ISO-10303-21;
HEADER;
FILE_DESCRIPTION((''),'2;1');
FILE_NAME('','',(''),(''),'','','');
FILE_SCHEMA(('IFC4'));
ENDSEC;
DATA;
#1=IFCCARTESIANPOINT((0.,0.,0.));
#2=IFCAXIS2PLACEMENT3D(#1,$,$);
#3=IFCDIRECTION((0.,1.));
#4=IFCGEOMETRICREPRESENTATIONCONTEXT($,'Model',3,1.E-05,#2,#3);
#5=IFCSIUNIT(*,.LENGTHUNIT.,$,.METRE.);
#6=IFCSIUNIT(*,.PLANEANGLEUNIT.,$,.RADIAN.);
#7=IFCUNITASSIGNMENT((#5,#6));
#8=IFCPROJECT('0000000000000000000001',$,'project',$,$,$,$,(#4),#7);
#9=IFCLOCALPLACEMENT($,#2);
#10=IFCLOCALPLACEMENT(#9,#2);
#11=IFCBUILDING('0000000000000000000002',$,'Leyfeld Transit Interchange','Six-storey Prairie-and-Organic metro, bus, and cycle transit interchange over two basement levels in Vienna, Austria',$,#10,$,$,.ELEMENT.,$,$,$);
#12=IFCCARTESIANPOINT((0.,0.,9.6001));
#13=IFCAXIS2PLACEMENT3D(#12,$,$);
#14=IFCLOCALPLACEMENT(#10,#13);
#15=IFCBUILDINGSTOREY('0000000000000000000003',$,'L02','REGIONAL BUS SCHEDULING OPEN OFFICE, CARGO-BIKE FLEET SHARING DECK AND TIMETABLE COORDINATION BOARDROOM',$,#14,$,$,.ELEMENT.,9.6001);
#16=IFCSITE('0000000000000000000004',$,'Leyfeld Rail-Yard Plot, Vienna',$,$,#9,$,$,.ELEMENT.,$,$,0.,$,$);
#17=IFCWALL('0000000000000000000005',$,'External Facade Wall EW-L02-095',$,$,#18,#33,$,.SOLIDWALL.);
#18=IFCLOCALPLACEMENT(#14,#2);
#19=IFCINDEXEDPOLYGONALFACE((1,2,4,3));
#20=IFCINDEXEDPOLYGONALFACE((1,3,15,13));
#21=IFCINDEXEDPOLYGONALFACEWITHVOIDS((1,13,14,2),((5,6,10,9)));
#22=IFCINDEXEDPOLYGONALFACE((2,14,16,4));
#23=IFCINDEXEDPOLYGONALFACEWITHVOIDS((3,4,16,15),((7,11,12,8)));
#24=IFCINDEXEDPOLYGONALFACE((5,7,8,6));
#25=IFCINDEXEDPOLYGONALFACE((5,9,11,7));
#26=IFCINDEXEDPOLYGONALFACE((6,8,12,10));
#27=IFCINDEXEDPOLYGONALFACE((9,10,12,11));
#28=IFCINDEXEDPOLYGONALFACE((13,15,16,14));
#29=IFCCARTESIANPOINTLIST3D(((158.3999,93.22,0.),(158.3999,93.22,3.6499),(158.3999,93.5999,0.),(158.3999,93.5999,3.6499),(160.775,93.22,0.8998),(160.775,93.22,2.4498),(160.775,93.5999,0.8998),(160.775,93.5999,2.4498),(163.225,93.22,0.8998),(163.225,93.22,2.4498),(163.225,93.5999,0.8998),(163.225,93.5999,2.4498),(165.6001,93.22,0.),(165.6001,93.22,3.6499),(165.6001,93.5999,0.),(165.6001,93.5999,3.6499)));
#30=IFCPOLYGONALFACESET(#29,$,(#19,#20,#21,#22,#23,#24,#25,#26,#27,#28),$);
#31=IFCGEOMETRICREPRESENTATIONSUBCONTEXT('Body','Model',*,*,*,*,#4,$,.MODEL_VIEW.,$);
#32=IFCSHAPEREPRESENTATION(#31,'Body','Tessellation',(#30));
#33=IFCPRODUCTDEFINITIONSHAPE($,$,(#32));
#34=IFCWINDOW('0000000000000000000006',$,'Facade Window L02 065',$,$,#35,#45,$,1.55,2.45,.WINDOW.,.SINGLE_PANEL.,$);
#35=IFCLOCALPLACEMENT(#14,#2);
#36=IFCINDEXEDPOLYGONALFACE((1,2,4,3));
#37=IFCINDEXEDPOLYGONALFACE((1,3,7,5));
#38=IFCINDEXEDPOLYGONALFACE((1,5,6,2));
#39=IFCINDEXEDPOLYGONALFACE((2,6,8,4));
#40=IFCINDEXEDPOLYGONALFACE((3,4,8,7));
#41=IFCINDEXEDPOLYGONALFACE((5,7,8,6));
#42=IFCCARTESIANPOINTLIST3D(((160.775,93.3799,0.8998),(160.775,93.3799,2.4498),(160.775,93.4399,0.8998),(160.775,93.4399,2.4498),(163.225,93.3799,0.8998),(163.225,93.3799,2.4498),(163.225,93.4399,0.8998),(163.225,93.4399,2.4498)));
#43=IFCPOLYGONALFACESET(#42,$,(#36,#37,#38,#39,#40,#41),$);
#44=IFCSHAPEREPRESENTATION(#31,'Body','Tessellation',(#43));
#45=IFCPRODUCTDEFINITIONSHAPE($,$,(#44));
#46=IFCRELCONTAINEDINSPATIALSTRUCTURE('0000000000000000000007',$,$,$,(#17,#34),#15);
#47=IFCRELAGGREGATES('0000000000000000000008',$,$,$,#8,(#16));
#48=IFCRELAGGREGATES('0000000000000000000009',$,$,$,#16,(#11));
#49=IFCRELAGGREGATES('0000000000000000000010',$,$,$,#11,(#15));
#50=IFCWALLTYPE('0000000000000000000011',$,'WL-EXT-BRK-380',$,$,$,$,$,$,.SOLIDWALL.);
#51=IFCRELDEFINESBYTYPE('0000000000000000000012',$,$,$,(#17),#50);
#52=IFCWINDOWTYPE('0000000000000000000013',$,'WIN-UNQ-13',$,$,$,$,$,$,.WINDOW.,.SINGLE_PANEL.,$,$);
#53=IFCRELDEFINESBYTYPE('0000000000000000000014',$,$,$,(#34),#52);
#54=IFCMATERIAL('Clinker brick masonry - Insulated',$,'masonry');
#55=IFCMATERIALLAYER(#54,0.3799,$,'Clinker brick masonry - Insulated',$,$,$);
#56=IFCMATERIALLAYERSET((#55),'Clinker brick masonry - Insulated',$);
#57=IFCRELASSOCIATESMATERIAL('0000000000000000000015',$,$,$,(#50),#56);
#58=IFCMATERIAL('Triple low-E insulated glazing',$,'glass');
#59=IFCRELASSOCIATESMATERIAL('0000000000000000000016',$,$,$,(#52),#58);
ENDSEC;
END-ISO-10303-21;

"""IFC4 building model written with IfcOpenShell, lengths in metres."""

from ifc_helpers import new_model, si_unit, direction, frame, frame_2d, origin, place, context, subcontext, project, spatial, rectangle, extrude, material, layer, layer_set, type_object, element, fill, save


model = new_model("IFC4")

# Units and contexts
model_context = context("Model", 3, precision=1e-05, world=origin(), true_north=direction((0.0, 1.0)))
body_context = subcontext(model_context, "Body", "Model", "MODEL_VIEW")
ifc_project = project(units=[si_unit("LENGTHUNIT", "METRE"), si_unit("PLANEANGLEUNIT", "RADIAN")], contexts=[model_context])

# Site, building, storey
site_placement = place(None, origin())
site = spatial("IfcSite", under=ifc_project, at=site_placement, Name="Leyfeld Rail-Yard Plot, Vienna", CompositionType="ELEMENT", RefElevation=0.0)
building_placement = place(site_placement, origin())
building = spatial("IfcBuilding", under=site, at=building_placement, Name="Leyfeld Transit Interchange", Description="Six-storey Prairie-and-Organic metro, bus, and cycle transit interchange over two basement levels in Vienna, Austria", CompositionType="ELEMENT")
storey_placement = place(building_placement, frame((0.0, 0.0, 9.6001)))
storey = spatial("IfcBuildingStorey", under=building, at=storey_placement, Name="L02", Description="REGIONAL BUS SCHEDULING OPEN OFFICE, CARGO-BIKE FLEET SHARING DECK AND TIMETABLE COORDINATION BOARDROOM", CompositionType="ELEMENT", Elevation=9.6001)

# Wall, opening, window
ifc_material_1 = material(Name="Clinker brick masonry - Insulated", Category="masonry")
ifc_layer_1 = layer(ifc_material_1, 0.3799, Name="Clinker brick masonry - Insulated")
ifc_layer_set_1 = layer_set([ifc_layer_1], Name="Clinker brick masonry - Insulated")
wall_type = type_object("IfcWallType", Name="WL-EXT-BRK-380", PredefinedType="SOLIDWALL", material=ifc_layer_set_1)
wall_placement = place(storey_placement, frame((158.3999, 93.4099, 0.0), z_axis=(0.0, 0.0, 1.0), x_axis=(1.0, 0.0, 0.0)))
wall = element("IfcWall", 1, at=wall_placement, inside=storey, type_object=wall_type, Name="External Facade Wall EW-L02-095", PredefinedType="SOLIDWALL", context=body_context, shape_type="SweptSolid", body=[
    extrude(rectangle(XDim=7.2002, YDim=0.3799, at=frame_2d((3.6001, 0.0))), origin(), (0.0, 0.0, 1.0), 3.6499),
])
opening_placement = place(wall_placement, frame((2.375, 0.0, 0.8999)))
opening = element("IfcOpeningElement", 2, at=opening_placement, cuts=wall, PredefinedType="OPENING", context=body_context, shape_type="SweptSolid", body=[
    extrude(rectangle(XDim=2.45, YDim=1.55, at=frame_2d((1.2251, 0.7749))), frame((0.0, 0.2, 0.0), z_axis=(0.0, -1.0, 0.0), x_axis=(1.0, 0.0, 0.0)), (0.0, 0.0, 1.0), 0.3999),
])
ifc_material_2 = material(Name="Triple low-E insulated glazing", Category="glass")
window_type = type_object("IfcWindowType", Name="WIN-UNQ-13", PartitioningType="SINGLE_PANEL", PredefinedType="WINDOW", material=ifc_material_2)
window_placement = place(opening_placement, origin())
window = element("IfcWindow", 3, at=window_placement, inside=storey, type_object=window_type, Name="Facade Window L02 065", OverallHeight=1.55, OverallWidth=2.45, PartitioningType="SINGLE_PANEL", PredefinedType="WINDOW", context=body_context, shape_type="SweptSolid", body=[
    extrude(rectangle(XDim=2.45, YDim=1.55, at=frame_2d((1.2251, 0.7749))), frame((0.0, 0.03, 0.0), z_axis=(0.0, -1.0, 0.0), x_axis=(1.0, 0.0, 0.0)), (0.0, 0.0, 1.0), 0.0601),
])
fill(opening, window)

save(model, "model.ifc")
